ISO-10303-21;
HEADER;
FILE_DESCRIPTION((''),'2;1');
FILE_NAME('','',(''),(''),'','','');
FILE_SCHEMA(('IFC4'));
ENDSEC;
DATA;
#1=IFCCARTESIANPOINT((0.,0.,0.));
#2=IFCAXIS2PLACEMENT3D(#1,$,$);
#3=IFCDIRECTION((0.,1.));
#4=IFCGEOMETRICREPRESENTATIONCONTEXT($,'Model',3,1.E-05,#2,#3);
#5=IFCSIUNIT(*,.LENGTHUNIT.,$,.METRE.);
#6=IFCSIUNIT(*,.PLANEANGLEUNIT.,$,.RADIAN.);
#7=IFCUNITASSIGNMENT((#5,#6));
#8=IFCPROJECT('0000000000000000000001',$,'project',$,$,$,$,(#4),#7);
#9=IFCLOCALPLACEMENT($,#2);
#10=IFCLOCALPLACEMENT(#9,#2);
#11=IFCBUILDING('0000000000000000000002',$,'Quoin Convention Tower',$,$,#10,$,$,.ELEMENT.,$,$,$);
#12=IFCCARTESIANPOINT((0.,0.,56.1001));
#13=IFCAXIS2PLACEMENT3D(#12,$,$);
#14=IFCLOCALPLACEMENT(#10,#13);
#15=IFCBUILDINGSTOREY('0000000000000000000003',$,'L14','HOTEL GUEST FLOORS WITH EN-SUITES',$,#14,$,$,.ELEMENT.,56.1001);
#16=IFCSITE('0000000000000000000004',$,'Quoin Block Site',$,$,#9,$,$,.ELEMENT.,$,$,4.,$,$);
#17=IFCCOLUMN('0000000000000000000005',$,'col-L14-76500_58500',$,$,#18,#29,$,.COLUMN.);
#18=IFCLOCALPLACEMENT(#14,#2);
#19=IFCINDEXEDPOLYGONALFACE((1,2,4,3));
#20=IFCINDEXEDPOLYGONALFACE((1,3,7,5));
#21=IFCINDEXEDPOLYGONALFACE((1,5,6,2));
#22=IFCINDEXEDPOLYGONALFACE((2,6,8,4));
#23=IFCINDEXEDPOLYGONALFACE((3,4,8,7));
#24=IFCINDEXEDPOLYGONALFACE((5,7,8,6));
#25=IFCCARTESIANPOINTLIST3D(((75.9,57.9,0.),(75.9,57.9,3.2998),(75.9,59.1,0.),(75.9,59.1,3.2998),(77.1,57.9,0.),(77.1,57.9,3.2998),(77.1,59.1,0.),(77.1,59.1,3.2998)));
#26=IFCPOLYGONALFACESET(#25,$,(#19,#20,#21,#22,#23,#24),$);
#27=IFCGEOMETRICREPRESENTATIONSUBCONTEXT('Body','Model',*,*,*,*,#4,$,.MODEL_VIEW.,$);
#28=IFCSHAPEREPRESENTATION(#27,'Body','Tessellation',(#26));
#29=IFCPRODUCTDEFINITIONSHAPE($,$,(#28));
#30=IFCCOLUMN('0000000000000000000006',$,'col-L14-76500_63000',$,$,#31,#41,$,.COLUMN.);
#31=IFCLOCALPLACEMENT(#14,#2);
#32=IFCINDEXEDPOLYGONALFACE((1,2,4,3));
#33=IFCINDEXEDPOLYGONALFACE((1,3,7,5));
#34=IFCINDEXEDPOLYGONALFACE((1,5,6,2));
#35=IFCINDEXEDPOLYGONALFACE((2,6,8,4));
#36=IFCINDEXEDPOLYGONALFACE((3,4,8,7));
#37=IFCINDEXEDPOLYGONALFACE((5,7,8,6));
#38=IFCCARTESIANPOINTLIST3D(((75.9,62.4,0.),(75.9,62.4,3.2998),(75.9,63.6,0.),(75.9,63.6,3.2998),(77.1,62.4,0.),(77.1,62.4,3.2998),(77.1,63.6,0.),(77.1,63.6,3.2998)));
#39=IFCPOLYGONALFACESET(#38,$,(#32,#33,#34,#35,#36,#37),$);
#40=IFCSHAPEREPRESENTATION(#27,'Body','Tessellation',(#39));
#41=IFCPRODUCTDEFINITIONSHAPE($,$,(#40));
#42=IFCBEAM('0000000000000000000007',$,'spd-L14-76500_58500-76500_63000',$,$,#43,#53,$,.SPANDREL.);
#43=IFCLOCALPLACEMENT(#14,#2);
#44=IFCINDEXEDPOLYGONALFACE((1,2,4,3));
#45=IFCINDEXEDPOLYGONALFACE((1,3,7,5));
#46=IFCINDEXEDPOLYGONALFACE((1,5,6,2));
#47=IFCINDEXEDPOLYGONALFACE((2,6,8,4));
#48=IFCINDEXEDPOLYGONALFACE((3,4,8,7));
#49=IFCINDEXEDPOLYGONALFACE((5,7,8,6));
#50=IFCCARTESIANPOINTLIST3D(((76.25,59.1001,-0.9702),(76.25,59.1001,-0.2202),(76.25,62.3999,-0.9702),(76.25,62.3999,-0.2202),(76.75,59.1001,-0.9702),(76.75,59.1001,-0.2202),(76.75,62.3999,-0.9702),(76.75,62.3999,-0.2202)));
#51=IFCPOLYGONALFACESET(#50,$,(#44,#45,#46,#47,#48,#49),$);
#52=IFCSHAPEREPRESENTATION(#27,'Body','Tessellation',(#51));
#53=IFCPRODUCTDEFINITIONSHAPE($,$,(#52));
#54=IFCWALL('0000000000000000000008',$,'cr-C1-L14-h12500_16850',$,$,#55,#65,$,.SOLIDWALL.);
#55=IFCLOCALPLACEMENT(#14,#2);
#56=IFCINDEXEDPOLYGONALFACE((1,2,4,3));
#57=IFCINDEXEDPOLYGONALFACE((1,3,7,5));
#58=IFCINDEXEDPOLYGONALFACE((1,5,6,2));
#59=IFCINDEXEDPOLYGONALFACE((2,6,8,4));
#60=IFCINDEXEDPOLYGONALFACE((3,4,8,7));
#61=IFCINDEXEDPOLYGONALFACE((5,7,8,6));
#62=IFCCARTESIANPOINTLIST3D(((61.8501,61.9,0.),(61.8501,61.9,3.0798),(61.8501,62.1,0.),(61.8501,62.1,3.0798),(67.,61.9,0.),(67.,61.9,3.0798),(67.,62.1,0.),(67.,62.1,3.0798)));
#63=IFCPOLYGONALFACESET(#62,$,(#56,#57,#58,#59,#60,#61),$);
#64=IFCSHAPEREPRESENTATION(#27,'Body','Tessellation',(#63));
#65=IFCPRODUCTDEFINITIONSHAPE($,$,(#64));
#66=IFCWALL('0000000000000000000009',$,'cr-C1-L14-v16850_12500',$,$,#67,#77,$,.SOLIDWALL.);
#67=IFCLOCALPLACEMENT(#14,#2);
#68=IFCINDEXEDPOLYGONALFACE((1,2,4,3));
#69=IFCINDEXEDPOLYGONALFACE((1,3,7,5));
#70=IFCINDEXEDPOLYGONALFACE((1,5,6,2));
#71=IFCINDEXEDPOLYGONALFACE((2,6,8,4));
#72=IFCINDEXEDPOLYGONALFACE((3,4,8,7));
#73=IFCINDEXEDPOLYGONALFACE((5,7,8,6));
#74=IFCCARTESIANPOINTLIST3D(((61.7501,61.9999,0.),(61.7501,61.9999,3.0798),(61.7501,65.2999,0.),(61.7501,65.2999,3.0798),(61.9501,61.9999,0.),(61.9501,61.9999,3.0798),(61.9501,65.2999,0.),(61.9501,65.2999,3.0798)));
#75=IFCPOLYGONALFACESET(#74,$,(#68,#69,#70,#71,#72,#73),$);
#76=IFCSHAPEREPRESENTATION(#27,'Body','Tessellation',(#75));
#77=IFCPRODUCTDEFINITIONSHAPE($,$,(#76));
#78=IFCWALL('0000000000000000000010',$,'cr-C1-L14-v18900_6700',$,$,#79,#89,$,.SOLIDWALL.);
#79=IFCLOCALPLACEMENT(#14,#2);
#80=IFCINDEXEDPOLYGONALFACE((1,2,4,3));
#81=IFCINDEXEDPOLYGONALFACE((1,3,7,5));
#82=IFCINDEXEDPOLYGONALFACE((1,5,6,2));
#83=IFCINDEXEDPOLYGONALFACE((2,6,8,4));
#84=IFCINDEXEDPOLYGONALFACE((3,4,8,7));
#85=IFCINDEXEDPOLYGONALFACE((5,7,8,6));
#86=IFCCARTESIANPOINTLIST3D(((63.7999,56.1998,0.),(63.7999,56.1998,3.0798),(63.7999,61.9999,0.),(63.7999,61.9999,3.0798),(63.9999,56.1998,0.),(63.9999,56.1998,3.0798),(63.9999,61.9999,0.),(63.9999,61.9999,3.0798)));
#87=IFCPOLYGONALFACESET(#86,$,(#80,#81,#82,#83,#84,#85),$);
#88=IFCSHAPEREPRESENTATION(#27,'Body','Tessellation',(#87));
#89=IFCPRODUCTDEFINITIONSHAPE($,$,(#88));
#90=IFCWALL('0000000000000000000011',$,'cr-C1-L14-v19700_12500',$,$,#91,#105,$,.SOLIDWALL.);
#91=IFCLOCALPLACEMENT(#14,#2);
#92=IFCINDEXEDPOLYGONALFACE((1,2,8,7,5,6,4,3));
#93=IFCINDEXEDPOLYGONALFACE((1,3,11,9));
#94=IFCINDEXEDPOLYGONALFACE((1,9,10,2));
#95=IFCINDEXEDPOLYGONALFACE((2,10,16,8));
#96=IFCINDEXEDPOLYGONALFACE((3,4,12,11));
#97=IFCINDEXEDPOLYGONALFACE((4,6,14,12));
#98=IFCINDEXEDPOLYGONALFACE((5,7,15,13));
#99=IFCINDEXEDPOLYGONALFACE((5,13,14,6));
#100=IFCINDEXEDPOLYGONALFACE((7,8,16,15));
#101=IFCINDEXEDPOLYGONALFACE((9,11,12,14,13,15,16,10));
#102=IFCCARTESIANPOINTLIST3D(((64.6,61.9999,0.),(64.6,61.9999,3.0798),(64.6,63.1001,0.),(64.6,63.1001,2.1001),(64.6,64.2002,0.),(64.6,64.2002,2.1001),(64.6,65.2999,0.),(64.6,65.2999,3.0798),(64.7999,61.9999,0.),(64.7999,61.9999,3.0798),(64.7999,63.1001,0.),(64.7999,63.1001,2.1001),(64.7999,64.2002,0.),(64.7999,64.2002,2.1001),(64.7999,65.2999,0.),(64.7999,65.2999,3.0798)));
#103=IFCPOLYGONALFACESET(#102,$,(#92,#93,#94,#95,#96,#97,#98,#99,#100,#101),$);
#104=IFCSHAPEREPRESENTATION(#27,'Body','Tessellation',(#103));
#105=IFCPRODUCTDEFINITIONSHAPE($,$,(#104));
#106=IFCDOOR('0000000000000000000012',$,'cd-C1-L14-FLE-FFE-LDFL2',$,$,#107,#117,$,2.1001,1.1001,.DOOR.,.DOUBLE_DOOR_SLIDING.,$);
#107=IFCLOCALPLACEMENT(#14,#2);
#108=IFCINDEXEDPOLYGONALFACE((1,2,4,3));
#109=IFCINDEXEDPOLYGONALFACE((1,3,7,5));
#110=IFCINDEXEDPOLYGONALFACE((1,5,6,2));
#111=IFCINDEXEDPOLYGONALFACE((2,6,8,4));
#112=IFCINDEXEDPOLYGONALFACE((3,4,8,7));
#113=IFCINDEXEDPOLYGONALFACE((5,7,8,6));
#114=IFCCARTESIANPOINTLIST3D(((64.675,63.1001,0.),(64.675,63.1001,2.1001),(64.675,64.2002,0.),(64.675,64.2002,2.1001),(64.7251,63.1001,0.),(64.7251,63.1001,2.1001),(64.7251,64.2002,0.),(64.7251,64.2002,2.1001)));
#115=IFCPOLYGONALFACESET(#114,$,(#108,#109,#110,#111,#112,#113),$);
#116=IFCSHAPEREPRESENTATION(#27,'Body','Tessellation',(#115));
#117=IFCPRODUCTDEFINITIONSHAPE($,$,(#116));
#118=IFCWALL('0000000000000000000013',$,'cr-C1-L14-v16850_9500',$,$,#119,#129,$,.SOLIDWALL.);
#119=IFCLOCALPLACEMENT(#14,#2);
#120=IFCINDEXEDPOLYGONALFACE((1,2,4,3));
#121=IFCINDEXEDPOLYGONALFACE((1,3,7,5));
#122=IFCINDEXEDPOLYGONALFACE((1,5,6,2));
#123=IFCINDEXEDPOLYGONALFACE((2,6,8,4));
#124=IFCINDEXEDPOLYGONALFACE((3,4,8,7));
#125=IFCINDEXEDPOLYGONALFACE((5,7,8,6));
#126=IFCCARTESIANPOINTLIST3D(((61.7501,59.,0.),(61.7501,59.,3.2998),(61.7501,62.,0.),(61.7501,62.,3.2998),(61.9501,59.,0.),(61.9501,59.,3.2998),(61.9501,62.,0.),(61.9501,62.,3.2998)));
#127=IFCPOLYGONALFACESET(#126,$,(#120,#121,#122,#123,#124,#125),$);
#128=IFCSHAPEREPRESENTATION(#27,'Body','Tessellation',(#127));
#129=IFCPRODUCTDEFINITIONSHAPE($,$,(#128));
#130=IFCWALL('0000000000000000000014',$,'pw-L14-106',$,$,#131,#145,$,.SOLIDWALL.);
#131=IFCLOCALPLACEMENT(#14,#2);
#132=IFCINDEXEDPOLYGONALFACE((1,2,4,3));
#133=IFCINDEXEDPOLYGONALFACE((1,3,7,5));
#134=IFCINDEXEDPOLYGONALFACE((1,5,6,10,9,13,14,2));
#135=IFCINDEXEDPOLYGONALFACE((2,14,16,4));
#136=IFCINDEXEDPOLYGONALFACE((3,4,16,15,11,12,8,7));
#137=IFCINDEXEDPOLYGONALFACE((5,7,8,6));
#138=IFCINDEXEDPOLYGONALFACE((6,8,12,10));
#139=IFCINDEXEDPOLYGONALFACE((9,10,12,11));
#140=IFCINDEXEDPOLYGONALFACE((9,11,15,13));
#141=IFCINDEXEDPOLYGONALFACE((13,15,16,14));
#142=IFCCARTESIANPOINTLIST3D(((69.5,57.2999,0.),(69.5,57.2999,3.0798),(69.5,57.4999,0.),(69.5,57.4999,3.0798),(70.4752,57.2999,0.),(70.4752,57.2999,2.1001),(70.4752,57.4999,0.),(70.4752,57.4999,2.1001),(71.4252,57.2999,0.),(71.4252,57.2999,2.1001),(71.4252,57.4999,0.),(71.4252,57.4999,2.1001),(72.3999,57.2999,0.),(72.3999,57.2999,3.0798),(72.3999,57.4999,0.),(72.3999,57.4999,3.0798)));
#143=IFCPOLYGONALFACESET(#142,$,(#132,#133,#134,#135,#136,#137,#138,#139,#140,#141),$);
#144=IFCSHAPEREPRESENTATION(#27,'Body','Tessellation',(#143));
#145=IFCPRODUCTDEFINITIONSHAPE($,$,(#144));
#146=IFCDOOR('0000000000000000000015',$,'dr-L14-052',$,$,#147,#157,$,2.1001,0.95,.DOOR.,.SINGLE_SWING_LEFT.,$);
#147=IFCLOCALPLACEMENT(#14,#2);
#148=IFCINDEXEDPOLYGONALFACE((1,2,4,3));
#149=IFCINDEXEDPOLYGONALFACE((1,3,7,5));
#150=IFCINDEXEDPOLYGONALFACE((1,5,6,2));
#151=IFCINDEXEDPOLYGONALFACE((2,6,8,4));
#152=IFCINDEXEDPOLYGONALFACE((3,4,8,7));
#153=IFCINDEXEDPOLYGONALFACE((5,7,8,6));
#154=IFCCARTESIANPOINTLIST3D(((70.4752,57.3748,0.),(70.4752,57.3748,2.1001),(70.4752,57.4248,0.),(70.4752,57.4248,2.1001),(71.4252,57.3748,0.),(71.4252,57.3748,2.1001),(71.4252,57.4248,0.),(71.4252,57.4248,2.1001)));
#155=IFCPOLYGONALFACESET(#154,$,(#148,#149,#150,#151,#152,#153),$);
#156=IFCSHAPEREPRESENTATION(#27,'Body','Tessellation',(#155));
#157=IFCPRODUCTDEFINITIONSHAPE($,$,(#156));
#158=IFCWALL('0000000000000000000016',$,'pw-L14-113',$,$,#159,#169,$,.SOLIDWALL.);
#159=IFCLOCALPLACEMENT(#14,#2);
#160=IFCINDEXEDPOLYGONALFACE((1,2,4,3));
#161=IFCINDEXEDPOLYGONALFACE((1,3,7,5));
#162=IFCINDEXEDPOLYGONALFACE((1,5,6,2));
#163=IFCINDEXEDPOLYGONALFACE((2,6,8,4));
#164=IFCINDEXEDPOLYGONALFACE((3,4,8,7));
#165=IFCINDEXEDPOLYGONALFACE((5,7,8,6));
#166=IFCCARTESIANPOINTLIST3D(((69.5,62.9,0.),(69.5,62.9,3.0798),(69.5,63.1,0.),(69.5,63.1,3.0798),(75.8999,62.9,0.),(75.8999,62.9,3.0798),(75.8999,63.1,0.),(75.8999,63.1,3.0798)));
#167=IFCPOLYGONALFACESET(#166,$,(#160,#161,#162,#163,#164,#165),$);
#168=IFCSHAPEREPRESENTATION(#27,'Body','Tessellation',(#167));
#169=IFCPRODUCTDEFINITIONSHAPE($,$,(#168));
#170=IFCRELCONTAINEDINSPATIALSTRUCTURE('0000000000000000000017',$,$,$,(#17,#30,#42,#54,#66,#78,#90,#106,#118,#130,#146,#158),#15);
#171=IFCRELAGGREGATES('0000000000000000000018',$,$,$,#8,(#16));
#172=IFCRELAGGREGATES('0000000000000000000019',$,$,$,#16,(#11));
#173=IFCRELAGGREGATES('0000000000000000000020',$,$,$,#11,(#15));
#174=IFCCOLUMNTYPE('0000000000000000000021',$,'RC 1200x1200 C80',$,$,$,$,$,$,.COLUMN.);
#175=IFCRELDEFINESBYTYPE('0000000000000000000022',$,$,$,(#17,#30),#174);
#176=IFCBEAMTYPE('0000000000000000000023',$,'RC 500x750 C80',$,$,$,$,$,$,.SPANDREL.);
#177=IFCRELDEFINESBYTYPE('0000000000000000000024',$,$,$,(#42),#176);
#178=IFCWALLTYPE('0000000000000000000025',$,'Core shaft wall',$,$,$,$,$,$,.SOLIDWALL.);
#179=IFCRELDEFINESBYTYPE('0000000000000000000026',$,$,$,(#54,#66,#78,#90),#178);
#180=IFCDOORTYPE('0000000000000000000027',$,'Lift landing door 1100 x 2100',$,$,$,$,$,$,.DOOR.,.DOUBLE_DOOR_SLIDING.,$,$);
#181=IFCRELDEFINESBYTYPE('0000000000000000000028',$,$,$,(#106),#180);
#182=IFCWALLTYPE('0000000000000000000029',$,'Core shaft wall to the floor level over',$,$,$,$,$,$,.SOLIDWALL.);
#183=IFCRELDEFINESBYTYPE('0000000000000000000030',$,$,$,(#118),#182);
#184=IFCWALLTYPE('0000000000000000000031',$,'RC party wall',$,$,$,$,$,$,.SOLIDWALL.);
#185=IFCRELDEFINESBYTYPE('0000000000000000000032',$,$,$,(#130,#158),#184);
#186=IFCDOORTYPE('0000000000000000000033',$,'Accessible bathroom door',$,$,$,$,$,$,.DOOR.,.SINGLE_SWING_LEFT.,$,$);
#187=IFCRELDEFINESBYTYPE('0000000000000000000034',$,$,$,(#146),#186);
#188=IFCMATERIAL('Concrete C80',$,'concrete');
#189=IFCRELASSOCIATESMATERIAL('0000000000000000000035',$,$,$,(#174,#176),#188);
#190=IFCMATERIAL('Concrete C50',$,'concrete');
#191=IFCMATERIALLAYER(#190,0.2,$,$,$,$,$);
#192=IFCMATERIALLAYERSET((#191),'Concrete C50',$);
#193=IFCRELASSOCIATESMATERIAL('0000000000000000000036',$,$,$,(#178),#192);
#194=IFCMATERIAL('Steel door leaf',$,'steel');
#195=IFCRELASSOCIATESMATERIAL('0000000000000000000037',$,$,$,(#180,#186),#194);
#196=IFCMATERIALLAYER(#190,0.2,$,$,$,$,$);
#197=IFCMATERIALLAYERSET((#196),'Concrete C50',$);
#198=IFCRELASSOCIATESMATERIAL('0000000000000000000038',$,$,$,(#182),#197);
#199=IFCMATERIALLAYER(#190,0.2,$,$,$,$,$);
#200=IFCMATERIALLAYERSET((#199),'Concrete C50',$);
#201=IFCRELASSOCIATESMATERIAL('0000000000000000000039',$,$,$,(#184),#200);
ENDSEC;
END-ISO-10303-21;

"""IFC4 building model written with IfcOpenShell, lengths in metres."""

from ifc_helpers import new_model, si_unit, direction, frame, frame_2d, origin, origin_2d, place, context, subcontext, project, spatial, rectangle, extrude, material, layer, layer_set, material_profile, profile_set, type_object, element, fill, save


model = new_model("IFC4")

# Units and contexts
model_context = context("Model", 3, precision=1e-05, world=origin(), true_north=direction((0.0, 1.0)))
body_context = subcontext(model_context, "Body", "Model", "MODEL_VIEW")
ifc_project = project(units=[si_unit("LENGTHUNIT", "METRE"), si_unit("PLANEANGLEUNIT", "RADIAN")], contexts=[model_context])

# Site, building, storey
site_placement = place(None, origin())
site = spatial("IfcSite", under=ifc_project, at=site_placement, Name="Quoin Block Site", CompositionType="ELEMENT", RefElevation=4.0)
building_placement = place(site_placement, origin())
building = spatial("IfcBuilding", under=site, at=building_placement, Name="Quoin Convention Tower", CompositionType="ELEMENT")
storey_placement = place(building_placement, frame((0.0, 0.0, 56.1001)))
storey = spatial("IfcBuildingStorey", under=building, at=storey_placement, Name="L14", Description="HOTEL GUEST FLOORS WITH EN-SUITES", CompositionType="ELEMENT", Elevation=56.1001)

# Columns
ifc_material_1 = material(Name="Concrete C80", Category="concrete")
ifc_material_profile_1 = material_profile(ifc_material_1, rectangle(XDim=1.2, YDim=1.2, at=origin_2d()), Name="RC 1200x1200")
ifc_profile_set_1 = profile_set([ifc_material_profile_1], Name="Concrete C80")
column_type = type_object("IfcColumnType", Name="RC 1200x1200 C80", PredefinedType="COLUMN", material=ifc_profile_set_1)
for number, where, z_axis, x_axis, name in (
    (1, (76.5, 58.5, 0.0), (0.0, 0.0, 1.0), (1.0, 0.0, 0.0), "col-L14-76500_58500"),
    (2, (76.5, 63.0, 0.0), (0.0, 0.0, 1.0), (1.0, 0.0, 0.0), "col-L14-76500_63000"),
):
    element("IfcColumn", number, at=place(storey_placement, frame(where, z_axis=z_axis, x_axis=x_axis)), inside=storey, type_object=column_type, Name=name, PredefinedType="COLUMN", context=body_context, shape_type="SweptSolid", body=[
        extrude(rectangle(XDim=1.2, YDim=1.2, at=origin_2d()), origin(), (0.0, 0.0, 1.0), 3.2998),
    ])

# Beam
ifc_material_profile_2 = material_profile(ifc_material_1, rectangle(XDim=0.5, YDim=0.75, at=origin_2d()), Name="RC 500x750")
ifc_profile_set_2 = profile_set([ifc_material_profile_2], Name="Concrete C80")
beam_type = type_object("IfcBeamType", Name="RC 500x750 C80", PredefinedType="SPANDREL", material=ifc_profile_set_2)
beam_placement = place(storey_placement, frame((76.5, 59.1001, -0.5952), z_axis=(0.0, 1.0, 0.0), x_axis=(-1.0, 0.0, 0.0)))
element("IfcBeam", 3, at=beam_placement, inside=storey, type_object=beam_type, Name="spd-L14-76500_58500-76500_63000", PredefinedType="SPANDREL", context=body_context, shape_type="SweptSolid", body=[
    extrude(rectangle(XDim=0.5, YDim=0.75, at=origin_2d()), origin(), (0.0, 0.0, 1.0), 3.2998),
])

# Walls
ifc_material_2 = material(Name="Concrete C50", Category="concrete")
ifc_layer_1 = layer(ifc_material_2, 0.2)
ifc_layer_set_1 = layer_set([ifc_layer_1], Name="Concrete C50")
wall_type_1 = type_object("IfcWallType", Name="Core shaft wall", PredefinedType="SOLIDWALL", material=ifc_layer_set_1)
wall_1_placement = place(storey_placement, frame((61.8501, 62.0, 0.0), z_axis=(0.0, 0.0, 1.0), x_axis=(1.0, 0.0, 0.0)))
element("IfcWall", 4, at=wall_1_placement, inside=storey, type_object=wall_type_1, Name="cr-C1-L14-h12500_16850", PredefinedType="SOLIDWALL", context=body_context, shape_type="SweptSolid", body=[
    extrude(rectangle(XDim=5.1499, YDim=0.2, at=frame_2d((2.575, 0.0))), origin(), (0.0, 0.0, 1.0), 3.0798),
])
wall_2_placement = place(storey_placement, frame((61.8501, 62.0, 0.0), z_axis=(0.0, 0.0, 1.0), x_axis=(0.0, 1.0, 0.0)))
element("IfcWall", 5, at=wall_2_placement, inside=storey, type_object=wall_type_1, Name="cr-C1-L14-v16850_12500", PredefinedType="SOLIDWALL", context=body_context, shape_type="SweptSolid", body=[
    extrude(rectangle(XDim=3.3, YDim=0.2, at=frame_2d((1.6499, 0.0))), origin(), (0.0, 0.0, 1.0), 3.0798),
])
wall_3_placement = place(storey_placement, frame((63.8999, 56.2, 0.0), z_axis=(0.0, 0.0, 1.0), x_axis=(0.0, 1.0, 0.0)))
element("IfcWall", 6, at=wall_3_placement, inside=storey, type_object=wall_type_1, Name="cr-C1-L14-v18900_6700", PredefinedType="SOLIDWALL", context=body_context, shape_type="SweptSolid", body=[
    extrude(rectangle(XDim=5.8, YDim=0.2, at=frame_2d((2.8999, 0.0))), origin(), (0.0, 0.0, 1.0), 3.0798),
])

# Wall, opening, door
wall_4_placement = place(storey_placement, frame((64.7, 62.0, 0.0), z_axis=(0.0, 0.0, 1.0), x_axis=(0.0, 1.0, 0.0)))
wall_4 = element("IfcWall", 7, at=wall_4_placement, inside=storey, type_object=wall_type_1, Name="cr-C1-L14-v19700_12500", PredefinedType="SOLIDWALL", context=body_context, shape_type="SweptSolid", body=[
    extrude(rectangle(XDim=3.3, YDim=0.2, at=frame_2d((1.6499, 0.0))), origin(), (0.0, 0.0, 1.0), 3.0798),
])
opening_1_placement = place(wall_4_placement, frame((1.1001, 0.0, 0.0)))
opening_1 = element("IfcOpeningElement", 8, at=opening_1_placement, cuts=wall_4, PredefinedType="OPENING", context=body_context, shape_type="SweptSolid", body=[
    extrude(rectangle(XDim=1.1001, YDim=2.1001, at=frame_2d((0.55, 1.05))), frame((0.0, 0.1099, 0.0), z_axis=(0.0, -1.0, 0.0), x_axis=(1.0, 0.0, 0.0)), (0.0, 0.0, 1.0), 0.22),
])
ifc_material_3 = material(Name="Steel door leaf", Category="steel")
door_type_1 = type_object("IfcDoorType", Name="Lift landing door 1100 x 2100", OperationType="DOUBLE_DOOR_SLIDING", PredefinedType="DOOR", material=ifc_material_3)
door_1_placement = place(opening_1_placement, origin())
door_1 = element("IfcDoor", 9, at=door_1_placement, inside=storey, type_object=door_type_1, Name="cd-C1-L14-FLE-FFE-LDFL2", OperationType="DOUBLE_DOOR_SLIDING", OverallHeight=2.1001, OverallWidth=1.1001, PredefinedType="DOOR", context=body_context, shape_type="SweptSolid", body=[
    extrude(rectangle(XDim=1.1001, YDim=2.1001, at=frame_2d((0.55, 1.05))), frame((0.0, 0.0249, 0.0), z_axis=(0.0, -1.0, 0.0), x_axis=(1.0, 0.0, 0.0)), (0.0, 0.0, 1.0), 0.05),
])
fill(opening_1, door_1)

# Wall
ifc_layer_2 = layer(ifc_material_2, 0.2)
ifc_layer_set_2 = layer_set([ifc_layer_2], Name="Concrete C50")
wall_type_2 = type_object("IfcWallType", Name="Core shaft wall to the floor level over", PredefinedType="SOLIDWALL", material=ifc_layer_set_2)
wall_5_placement = place(storey_placement, frame((61.8501, 59.0, 0.0), z_axis=(0.0, 0.0, 1.0), x_axis=(0.0, 1.0, 0.0)))
element("IfcWall", 10, at=wall_5_placement, inside=storey, type_object=wall_type_2, Name="cr-C1-L14-v16850_9500", PredefinedType="SOLIDWALL", context=body_context, shape_type="SweptSolid", body=[
    extrude(rectangle(XDim=3.0, YDim=0.2, at=frame_2d((1.5, 0.0))), origin(), (0.0, 0.0, 1.0), 3.2998),
])

# Wall, opening, door
ifc_layer_3 = layer(ifc_material_2, 0.2)
ifc_layer_set_3 = layer_set([ifc_layer_3], Name="Concrete C50")
wall_type_3 = type_object("IfcWallType", Name="RC party wall", PredefinedType="SOLIDWALL", material=ifc_layer_set_3)
wall_6_placement = place(storey_placement, frame((69.5, 57.3999, 0.0), z_axis=(0.0, 0.0, 1.0), x_axis=(1.0, 0.0, 0.0)))
wall_6 = element("IfcWall", 11, at=wall_6_placement, inside=storey, type_object=wall_type_3, Name="pw-L14-106", PredefinedType="SOLIDWALL", context=body_context, shape_type="SweptSolid", body=[
    extrude(rectangle(XDim=2.8999, YDim=0.2, at=frame_2d((1.45, 0.0))), origin(), (0.0, 0.0, 1.0), 3.0798),
])
opening_2_placement = place(wall_6_placement, frame((0.9751, 0.0, 0.0)))
opening_2 = element("IfcOpeningElement", 12, at=opening_2_placement, cuts=wall_6, PredefinedType="OPENING", context=body_context, shape_type="SweptSolid", body=[
    extrude(rectangle(XDim=0.95, YDim=2.1001, at=frame_2d((0.4751, 1.05))), frame((0.0, 0.1099, 0.0), z_axis=(0.0, -1.0, 0.0), x_axis=(1.0, 0.0, 0.0)), (0.0, 0.0, 1.0), 0.22),
])
door_type_2 = type_object("IfcDoorType", Name="Accessible bathroom door", OperationType="SINGLE_SWING_LEFT", PredefinedType="DOOR", material=ifc_material_3)
door_2_placement = place(opening_2_placement, origin())
door_2 = element("IfcDoor", 13, at=door_2_placement, inside=storey, type_object=door_type_2, Name="dr-L14-052", OperationType="SINGLE_SWING_LEFT", OverallHeight=2.1001, OverallWidth=0.95, PredefinedType="DOOR", context=body_context, shape_type="SweptSolid", body=[
    extrude(rectangle(XDim=0.95, YDim=2.1001, at=frame_2d((0.4751, 1.05))), frame((0.0, 0.0249, 0.0), z_axis=(0.0, -1.0, 0.0), x_axis=(1.0, 0.0, 0.0)), (0.0, 0.0, 1.0), 0.05),
])
fill(opening_2, door_2)

# Wall
wall_7_placement = place(storey_placement, frame((69.5, 63.0, 0.0), z_axis=(0.0, 0.0, 1.0), x_axis=(1.0, 0.0, 0.0)))
element("IfcWall", 14, at=wall_7_placement, inside=storey, type_object=wall_type_3, Name="pw-L14-113", PredefinedType="SOLIDWALL", context=body_context, shape_type="SweptSolid", body=[
    extrude(rectangle(XDim=6.3999, YDim=0.2, at=frame_2d((3.2, 0.0))), origin(), (0.0, 0.0, 1.0), 3.0798),
])

save(model, "model.ifc")
